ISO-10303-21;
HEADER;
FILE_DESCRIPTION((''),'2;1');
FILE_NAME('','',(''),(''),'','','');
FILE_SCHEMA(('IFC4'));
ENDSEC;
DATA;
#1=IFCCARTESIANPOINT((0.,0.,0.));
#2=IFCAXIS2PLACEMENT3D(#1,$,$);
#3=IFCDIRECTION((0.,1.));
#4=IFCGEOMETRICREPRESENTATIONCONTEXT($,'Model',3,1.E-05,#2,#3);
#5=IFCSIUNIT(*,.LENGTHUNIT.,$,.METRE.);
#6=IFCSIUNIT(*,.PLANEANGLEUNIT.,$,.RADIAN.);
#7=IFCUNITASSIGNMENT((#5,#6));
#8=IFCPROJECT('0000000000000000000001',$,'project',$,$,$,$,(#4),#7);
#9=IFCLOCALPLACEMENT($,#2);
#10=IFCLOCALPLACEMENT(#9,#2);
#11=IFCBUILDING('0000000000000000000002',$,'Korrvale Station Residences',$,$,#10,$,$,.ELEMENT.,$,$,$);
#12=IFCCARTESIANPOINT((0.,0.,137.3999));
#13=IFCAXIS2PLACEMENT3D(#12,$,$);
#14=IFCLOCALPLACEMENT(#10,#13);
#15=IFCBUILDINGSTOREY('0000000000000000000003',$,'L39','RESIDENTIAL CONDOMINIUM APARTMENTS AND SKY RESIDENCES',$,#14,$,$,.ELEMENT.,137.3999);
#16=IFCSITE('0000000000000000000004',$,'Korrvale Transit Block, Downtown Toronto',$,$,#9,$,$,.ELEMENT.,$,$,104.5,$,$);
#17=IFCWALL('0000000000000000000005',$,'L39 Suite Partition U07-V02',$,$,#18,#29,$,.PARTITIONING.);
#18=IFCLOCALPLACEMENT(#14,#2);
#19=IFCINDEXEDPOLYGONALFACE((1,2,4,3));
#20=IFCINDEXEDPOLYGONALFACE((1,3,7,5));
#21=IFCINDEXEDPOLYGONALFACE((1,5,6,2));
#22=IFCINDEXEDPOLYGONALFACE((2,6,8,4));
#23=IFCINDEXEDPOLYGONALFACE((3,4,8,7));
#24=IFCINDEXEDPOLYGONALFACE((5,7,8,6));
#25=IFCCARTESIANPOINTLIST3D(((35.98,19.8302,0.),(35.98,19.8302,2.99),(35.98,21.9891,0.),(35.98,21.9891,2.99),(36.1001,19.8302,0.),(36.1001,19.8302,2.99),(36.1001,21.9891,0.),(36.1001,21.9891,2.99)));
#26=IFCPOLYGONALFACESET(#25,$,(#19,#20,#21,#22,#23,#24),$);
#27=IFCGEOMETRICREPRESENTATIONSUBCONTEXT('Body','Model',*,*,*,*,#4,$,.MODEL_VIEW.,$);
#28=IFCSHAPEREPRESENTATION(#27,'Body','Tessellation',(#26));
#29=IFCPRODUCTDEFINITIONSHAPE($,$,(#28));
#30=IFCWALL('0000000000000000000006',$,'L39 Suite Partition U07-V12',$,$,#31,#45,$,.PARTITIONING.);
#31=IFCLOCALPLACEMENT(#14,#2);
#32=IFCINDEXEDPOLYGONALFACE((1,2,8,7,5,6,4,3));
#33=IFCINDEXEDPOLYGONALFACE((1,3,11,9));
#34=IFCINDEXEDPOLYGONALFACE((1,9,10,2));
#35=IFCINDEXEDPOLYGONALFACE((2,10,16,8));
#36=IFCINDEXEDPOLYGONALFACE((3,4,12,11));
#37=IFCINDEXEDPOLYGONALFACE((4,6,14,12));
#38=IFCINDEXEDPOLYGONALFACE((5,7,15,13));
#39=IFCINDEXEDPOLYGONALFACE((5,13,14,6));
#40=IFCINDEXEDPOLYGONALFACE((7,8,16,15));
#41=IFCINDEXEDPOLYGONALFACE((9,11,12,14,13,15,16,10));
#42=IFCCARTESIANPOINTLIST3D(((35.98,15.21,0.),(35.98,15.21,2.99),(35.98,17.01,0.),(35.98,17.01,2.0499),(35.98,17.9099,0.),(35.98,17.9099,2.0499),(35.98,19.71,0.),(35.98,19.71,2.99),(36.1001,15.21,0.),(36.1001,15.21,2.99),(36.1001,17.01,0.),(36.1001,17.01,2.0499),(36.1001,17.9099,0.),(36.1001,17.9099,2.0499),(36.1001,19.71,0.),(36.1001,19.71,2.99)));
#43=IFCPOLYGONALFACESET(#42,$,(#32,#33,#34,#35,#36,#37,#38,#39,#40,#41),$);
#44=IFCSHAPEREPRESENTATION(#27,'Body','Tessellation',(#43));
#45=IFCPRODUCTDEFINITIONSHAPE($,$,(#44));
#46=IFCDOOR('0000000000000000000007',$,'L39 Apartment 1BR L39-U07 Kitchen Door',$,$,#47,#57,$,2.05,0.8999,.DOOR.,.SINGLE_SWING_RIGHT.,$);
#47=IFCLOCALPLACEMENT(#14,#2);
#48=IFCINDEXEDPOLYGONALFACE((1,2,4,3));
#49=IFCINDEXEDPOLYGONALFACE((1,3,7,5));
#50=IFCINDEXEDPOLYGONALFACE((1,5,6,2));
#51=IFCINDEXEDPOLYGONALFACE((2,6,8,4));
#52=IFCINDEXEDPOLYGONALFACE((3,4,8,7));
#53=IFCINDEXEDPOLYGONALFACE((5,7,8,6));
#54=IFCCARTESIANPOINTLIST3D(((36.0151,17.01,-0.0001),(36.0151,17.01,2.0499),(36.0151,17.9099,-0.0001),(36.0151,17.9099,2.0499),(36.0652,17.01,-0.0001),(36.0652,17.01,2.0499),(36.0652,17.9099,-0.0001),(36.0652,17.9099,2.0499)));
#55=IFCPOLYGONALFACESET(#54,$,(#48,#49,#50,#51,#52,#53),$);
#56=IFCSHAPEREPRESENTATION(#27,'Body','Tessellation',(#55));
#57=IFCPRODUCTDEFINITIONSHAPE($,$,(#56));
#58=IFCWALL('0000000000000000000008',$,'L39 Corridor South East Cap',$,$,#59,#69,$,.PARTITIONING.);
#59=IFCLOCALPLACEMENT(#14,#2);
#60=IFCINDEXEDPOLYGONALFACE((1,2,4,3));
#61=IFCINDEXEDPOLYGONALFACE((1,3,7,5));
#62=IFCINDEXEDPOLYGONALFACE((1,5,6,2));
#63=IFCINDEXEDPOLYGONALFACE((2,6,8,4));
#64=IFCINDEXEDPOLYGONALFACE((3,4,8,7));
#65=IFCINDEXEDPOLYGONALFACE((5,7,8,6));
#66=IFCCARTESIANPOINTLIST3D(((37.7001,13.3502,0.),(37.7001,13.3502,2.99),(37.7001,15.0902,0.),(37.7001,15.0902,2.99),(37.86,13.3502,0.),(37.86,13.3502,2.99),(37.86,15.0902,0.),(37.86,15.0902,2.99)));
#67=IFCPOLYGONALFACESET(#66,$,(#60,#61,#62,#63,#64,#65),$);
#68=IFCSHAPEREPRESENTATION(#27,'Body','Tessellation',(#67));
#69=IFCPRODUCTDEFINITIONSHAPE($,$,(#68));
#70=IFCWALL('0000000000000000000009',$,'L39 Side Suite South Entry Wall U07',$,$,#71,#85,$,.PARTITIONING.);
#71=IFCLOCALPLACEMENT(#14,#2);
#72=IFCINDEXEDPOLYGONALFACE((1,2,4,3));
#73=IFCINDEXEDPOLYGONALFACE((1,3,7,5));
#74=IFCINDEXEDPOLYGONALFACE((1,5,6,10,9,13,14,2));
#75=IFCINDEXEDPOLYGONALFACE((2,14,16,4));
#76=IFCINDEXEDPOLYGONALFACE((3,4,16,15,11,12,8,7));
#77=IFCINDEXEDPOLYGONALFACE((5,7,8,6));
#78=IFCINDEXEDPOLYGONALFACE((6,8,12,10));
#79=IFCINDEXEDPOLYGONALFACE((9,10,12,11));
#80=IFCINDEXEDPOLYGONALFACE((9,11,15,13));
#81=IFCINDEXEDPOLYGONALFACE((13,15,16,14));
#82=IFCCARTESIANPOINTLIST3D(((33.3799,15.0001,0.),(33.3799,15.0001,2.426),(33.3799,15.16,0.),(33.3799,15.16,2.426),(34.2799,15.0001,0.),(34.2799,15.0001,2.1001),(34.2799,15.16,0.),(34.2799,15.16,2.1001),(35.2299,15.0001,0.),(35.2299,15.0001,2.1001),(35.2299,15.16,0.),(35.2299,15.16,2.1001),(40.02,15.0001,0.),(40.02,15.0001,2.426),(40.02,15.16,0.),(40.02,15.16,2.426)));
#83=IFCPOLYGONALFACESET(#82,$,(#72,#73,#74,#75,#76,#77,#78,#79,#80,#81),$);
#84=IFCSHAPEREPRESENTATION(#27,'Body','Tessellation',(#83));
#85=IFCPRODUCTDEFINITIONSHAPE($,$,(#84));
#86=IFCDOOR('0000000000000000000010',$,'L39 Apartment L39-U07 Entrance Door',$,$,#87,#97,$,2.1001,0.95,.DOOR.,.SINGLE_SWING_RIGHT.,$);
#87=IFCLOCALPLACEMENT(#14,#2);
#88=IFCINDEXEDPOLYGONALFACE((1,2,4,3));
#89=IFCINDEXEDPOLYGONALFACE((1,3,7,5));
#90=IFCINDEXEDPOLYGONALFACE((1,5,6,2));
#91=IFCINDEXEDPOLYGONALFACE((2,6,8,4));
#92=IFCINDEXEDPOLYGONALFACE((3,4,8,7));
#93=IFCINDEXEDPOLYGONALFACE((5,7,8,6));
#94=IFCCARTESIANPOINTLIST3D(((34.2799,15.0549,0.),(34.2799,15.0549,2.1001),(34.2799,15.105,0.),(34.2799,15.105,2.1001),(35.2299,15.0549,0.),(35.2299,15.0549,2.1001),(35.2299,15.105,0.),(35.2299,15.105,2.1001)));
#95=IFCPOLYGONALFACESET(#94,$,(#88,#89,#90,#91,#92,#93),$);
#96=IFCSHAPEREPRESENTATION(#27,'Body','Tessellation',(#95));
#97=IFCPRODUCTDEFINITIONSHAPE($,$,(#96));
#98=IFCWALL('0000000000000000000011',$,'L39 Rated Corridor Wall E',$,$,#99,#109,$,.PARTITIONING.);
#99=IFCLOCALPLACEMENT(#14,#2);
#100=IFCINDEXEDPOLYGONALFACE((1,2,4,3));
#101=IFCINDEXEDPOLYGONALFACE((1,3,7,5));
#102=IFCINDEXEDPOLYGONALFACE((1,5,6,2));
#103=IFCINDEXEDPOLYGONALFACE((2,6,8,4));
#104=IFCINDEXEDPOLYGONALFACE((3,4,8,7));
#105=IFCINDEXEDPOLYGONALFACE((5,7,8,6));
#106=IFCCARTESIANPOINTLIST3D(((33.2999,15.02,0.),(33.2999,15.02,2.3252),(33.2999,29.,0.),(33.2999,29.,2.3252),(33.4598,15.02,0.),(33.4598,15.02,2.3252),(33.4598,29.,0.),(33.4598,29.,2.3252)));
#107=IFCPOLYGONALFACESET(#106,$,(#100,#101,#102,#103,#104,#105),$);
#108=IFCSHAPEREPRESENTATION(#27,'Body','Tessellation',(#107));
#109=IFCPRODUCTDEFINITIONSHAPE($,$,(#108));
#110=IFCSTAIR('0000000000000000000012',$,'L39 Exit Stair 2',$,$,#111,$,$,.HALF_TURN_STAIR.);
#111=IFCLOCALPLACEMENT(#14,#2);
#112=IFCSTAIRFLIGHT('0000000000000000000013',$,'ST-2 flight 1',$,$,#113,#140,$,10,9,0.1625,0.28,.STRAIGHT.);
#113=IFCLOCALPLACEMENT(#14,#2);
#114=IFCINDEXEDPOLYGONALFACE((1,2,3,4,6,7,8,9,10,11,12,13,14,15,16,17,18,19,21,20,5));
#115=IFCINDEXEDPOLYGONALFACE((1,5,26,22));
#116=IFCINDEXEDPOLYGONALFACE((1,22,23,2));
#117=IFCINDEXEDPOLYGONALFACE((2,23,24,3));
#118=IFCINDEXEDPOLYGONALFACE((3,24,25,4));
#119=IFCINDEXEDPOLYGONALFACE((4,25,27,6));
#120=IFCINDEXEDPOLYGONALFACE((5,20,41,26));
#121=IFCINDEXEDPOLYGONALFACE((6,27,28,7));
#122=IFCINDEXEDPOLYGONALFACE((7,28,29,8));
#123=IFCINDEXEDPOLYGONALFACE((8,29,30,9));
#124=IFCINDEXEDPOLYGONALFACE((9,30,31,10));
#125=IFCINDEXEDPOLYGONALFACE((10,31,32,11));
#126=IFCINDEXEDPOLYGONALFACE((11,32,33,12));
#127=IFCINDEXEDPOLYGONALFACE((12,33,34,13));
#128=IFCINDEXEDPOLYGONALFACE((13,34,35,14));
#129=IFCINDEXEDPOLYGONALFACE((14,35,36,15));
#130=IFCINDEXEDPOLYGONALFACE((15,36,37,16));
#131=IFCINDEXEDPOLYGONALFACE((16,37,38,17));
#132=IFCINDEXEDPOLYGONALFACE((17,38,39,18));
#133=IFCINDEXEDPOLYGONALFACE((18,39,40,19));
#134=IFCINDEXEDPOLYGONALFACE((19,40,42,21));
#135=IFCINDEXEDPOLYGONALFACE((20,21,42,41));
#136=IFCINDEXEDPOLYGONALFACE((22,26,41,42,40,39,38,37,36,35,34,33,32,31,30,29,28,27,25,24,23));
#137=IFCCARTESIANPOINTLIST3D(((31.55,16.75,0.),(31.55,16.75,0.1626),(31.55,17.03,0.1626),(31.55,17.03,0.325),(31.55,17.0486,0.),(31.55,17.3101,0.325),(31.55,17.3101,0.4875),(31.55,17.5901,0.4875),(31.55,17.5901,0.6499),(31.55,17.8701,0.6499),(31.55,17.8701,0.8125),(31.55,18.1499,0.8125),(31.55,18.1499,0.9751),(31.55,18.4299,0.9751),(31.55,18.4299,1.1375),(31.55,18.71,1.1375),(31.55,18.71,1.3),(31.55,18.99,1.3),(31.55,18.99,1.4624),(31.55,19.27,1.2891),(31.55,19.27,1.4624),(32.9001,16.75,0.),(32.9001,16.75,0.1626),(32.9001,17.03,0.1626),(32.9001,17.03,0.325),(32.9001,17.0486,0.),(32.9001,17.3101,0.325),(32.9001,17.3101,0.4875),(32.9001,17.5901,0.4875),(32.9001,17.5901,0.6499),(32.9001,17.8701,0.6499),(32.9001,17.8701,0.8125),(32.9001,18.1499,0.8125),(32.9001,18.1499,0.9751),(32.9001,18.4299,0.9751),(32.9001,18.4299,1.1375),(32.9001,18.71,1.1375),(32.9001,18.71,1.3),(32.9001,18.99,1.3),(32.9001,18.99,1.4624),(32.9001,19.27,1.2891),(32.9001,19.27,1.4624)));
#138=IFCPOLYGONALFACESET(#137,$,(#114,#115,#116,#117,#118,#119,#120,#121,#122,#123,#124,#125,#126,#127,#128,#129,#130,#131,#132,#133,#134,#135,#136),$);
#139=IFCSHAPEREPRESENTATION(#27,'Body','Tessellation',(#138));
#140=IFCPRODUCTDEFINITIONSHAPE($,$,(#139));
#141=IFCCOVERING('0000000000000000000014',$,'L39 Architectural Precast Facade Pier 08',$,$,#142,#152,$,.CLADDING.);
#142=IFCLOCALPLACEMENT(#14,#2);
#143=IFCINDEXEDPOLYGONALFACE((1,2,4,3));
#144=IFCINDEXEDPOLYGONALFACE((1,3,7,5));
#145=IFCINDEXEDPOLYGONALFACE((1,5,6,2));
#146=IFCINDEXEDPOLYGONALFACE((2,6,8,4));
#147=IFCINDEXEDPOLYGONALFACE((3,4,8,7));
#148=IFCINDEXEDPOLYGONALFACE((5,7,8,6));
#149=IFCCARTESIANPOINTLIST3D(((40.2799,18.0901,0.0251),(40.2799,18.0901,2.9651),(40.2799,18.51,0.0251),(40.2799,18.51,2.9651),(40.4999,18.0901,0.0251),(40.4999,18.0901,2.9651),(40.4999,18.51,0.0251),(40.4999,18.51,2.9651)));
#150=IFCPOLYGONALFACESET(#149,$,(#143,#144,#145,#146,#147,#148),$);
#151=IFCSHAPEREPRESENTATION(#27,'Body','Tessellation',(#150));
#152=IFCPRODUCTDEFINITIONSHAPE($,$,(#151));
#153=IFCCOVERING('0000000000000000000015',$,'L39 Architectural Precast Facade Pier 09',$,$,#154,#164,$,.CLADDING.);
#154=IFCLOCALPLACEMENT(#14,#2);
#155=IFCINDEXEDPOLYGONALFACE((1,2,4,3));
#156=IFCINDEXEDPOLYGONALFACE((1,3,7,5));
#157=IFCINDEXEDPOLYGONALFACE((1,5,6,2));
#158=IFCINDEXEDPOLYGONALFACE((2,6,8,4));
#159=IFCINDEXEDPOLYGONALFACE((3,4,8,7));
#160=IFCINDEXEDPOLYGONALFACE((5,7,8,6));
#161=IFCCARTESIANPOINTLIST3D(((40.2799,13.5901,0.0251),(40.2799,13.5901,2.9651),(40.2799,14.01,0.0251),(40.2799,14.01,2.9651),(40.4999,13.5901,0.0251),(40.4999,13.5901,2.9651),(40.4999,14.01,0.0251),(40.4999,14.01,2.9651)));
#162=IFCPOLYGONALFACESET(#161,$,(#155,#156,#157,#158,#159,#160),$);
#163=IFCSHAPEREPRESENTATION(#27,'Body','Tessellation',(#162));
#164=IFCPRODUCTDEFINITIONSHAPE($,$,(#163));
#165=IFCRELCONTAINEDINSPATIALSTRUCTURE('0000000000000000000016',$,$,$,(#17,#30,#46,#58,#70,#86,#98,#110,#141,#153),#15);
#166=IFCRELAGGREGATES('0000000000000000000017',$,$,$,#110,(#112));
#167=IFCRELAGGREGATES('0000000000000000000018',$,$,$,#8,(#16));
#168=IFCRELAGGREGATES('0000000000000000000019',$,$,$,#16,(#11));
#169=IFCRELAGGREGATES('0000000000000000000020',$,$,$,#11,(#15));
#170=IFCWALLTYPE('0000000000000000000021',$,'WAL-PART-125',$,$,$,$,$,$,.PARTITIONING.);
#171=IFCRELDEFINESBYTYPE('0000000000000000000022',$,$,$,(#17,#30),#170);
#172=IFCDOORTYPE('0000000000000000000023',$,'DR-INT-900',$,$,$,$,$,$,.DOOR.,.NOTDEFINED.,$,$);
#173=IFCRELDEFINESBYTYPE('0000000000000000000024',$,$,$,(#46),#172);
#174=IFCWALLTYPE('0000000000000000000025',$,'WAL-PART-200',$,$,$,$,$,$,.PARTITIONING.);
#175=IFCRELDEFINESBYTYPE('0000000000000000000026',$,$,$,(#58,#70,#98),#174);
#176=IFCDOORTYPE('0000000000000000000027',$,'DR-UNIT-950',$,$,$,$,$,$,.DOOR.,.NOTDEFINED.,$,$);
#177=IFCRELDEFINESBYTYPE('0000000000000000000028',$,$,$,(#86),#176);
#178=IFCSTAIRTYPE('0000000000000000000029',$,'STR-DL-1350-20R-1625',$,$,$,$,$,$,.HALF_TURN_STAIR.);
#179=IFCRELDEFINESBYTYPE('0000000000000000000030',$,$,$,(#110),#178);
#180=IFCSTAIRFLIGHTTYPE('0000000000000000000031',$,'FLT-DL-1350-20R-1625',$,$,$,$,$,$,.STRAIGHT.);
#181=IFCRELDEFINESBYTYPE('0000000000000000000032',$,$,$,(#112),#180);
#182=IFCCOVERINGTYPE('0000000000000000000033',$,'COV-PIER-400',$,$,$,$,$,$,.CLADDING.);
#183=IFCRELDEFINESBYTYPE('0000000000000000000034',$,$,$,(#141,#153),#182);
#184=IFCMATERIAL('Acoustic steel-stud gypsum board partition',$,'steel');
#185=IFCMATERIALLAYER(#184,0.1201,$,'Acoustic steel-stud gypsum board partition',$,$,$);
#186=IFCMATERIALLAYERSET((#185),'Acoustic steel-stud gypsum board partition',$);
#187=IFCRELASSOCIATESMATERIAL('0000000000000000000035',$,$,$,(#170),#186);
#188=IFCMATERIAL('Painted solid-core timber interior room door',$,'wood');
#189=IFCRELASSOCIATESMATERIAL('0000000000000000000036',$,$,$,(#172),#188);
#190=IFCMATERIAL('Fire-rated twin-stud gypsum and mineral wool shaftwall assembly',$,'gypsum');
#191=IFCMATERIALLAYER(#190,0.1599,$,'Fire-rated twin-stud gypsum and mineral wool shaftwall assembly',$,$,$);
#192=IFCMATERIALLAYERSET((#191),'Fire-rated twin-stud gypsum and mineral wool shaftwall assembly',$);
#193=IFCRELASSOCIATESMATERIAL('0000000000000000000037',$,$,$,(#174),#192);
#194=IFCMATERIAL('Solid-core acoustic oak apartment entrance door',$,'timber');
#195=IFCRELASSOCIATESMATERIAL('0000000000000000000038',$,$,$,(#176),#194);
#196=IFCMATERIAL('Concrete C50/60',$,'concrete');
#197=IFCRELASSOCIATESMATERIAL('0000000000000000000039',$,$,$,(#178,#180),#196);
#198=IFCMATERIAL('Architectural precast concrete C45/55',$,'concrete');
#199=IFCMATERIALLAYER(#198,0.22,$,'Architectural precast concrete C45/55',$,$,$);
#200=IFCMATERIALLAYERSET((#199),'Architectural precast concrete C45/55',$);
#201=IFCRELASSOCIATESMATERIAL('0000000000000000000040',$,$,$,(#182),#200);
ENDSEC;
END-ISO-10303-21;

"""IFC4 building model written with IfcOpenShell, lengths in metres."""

from ifc_helpers import new_model, si_unit, direction, frame, frame_2d, origin, origin_2d, place, context, subcontext, project, spatial, polyline, rectangle, outline, extrude, material, layer, layer_set, type_object, element, fill, aggregate, save


model = new_model("IFC4")

# Units and contexts
model_context = context("Model", 3, precision=1e-05, world=origin(), true_north=direction((0.0, 1.0)))
body_context = subcontext(model_context, "Body", "Model", "MODEL_VIEW")
ifc_project = project(units=[si_unit("LENGTHUNIT", "METRE"), si_unit("PLANEANGLEUNIT", "RADIAN")], contexts=[model_context])

# Site, building, storey
site_placement = place(None, origin())
site = spatial("IfcSite", under=ifc_project, at=site_placement, Name="Korrvale Transit Block, Downtown Toronto", CompositionType="ELEMENT", RefElevation=104.5)
building_placement = place(site_placement, origin())
building = spatial("IfcBuilding", under=site, at=building_placement, Name="Korrvale Station Residences", CompositionType="ELEMENT")
storey_placement = place(building_placement, frame((0.0, 0.0, 137.3999)))
storey = spatial("IfcBuildingStorey", under=building, at=storey_placement, Name="L39", Description="RESIDENTIAL CONDOMINIUM APARTMENTS AND SKY RESIDENCES", CompositionType="ELEMENT", Elevation=137.3999)

# Shared definitions
ifc_material_1 = material(Name="Acoustic steel-stud gypsum board partition", Category="steel")
ifc_layer_1 = layer(ifc_material_1, 0.1201, Name="Acoustic steel-stud gypsum board partition")
ifc_layer_set_1 = layer_set([ifc_layer_1], Name="Acoustic steel-stud gypsum board partition")
wall_type_1 = type_object("IfcWallType", Name="WAL-PART-125", PredefinedType="PARTITIONING", material=ifc_layer_set_1)

# Wall
wall_1_placement = place(storey_placement, frame((36.04, 19.8301, 0.0), z_axis=(0.0, 0.0, 1.0), x_axis=(0.0, 1.0, 0.0)))
element("IfcWall", 1, at=wall_1_placement, inside=storey, type_object=wall_type_1, Name="L39 Suite Partition U07-V02", PredefinedType="PARTITIONING", context=body_context, shape_type="SweptSolid", body=[
    extrude(rectangle(XDim=2.1589, YDim=0.1201, at=frame_2d((1.0796, 0.0))), origin(), (0.0, 0.0, 1.0), 2.99),
])

# Wall, opening, door
wall_2_placement = place(storey_placement, frame((36.04, 15.21, 0.0), z_axis=(0.0, 0.0, 1.0), x_axis=(0.0, 1.0, 0.0)))
wall_2 = element("IfcWall", 2, at=wall_2_placement, inside=storey, type_object=wall_type_1, Name="L39 Suite Partition U07-V12", PredefinedType="PARTITIONING", context=body_context, shape_type="SweptSolid", body=[
    extrude(rectangle(XDim=4.5, YDim=0.1201, at=frame_2d((2.25, 0.0))), origin(), (0.0, 0.0, 1.0), 2.99),
])
opening_1_placement = place(wall_2_placement, frame((1.8, 0.0, 0.0)))
opening_1 = element("IfcOpeningElement", 3, at=opening_1_placement, cuts=wall_2, PredefinedType="OPENING", context=body_context, shape_type="SweptSolid", body=[
    extrude(rectangle(XDim=0.8999, YDim=2.05, at=frame_2d((0.45, 1.0249))), frame((0.0, 0.0701, 0.0), z_axis=(0.0, -1.0, 0.0), x_axis=(1.0, 0.0, 0.0)), (0.0, 0.0, 1.0), 0.1401),
])
ifc_material_2 = material(Name="Painted solid-core timber interior room door", Category="wood")
door_type_1 = type_object("IfcDoorType", Name="DR-INT-900", OperationType="NOTDEFINED", PredefinedType="DOOR", material=ifc_material_2)
door_1_placement = place(opening_1_placement, origin())
door_1 = element("IfcDoor", 4, at=door_1_placement, inside=storey, type_object=door_type_1, Name="L39 Apartment 1BR L39-U07 Kitchen Door", OperationType="SINGLE_SWING_RIGHT", OverallHeight=2.05, OverallWidth=0.8999, PredefinedType="DOOR", context=body_context, shape_type="SweptSolid", body=[
    extrude(rectangle(XDim=0.8999, YDim=2.05, at=frame_2d((0.45, 1.0249))), frame((0.0, 0.0249, 0.0), z_axis=(0.0, -1.0, 0.0), x_axis=(1.0, 0.0, 0.0)), (0.0, 0.0, 1.0), 0.05),
])
fill(opening_1, door_1)

# Wall
ifc_material_3 = material(Name="Fire-rated twin-stud gypsum and mineral wool shaftwall assembly", Category="gypsum")
ifc_layer_2 = layer(ifc_material_3, 0.1599, Name="Fire-rated twin-stud gypsum and mineral wool shaftwall assembly")
ifc_layer_set_2 = layer_set([ifc_layer_2], Name="Fire-rated twin-stud gypsum and mineral wool shaftwall assembly")
wall_type_2 = type_object("IfcWallType", Name="WAL-PART-200", PredefinedType="PARTITIONING", material=ifc_layer_set_2)
wall_3_placement = place(storey_placement, frame((37.78, 13.3501, 0.0), z_axis=(0.0, 0.0, 1.0), x_axis=(0.0, 1.0, 0.0)))
element("IfcWall", 5, at=wall_3_placement, inside=storey, type_object=wall_type_2, Name="L39 Corridor South East Cap", PredefinedType="PARTITIONING", context=body_context, shape_type="SweptSolid", body=[
    extrude(rectangle(XDim=1.74, YDim=0.1599, at=frame_2d((0.8701, 0.0))), origin(), (0.0, 0.0, 1.0), 2.99),
])

# Wall, opening, door
wall_4_placement = place(storey_placement, frame((33.3799, 15.0801, 0.0), z_axis=(0.0, 0.0, 1.0), x_axis=(1.0, 0.0, 0.0)))
wall_4 = element("IfcWall", 6, at=wall_4_placement, inside=storey, type_object=wall_type_2, Name="L39 Side Suite South Entry Wall U07", PredefinedType="PARTITIONING", context=body_context, shape_type="SweptSolid", body=[
    extrude(rectangle(XDim=6.6401, YDim=0.1599, at=frame_2d((3.3201, 0.0))), origin(), (0.0, 0.0, 1.0), 2.426),
])
opening_2_placement = place(wall_4_placement, frame((0.8999, 0.0, 0.0)))
opening_2 = element("IfcOpeningElement", 7, at=opening_2_placement, cuts=wall_4, PredefinedType="OPENING", context=body_context, shape_type="SweptSolid", body=[
    extrude(rectangle(XDim=0.95, YDim=2.1001, at=frame_2d((0.4751, 1.05))), frame((0.0, 0.0898, 0.0), z_axis=(0.0, -1.0, 0.0), x_axis=(1.0, 0.0, 0.0)), (0.0, 0.0, 1.0), 0.1799),
])
ifc_material_4 = material(Name="Solid-core acoustic oak apartment entrance door", Category="timber")
door_type_2 = type_object("IfcDoorType", Name="DR-UNIT-950", OperationType="NOTDEFINED", PredefinedType="DOOR", material=ifc_material_4)
door_2_placement = place(opening_2_placement, origin())
door_2 = element("IfcDoor", 8, at=door_2_placement, inside=storey, type_object=door_type_2, Name="L39 Apartment L39-U07 Entrance Door", OperationType="SINGLE_SWING_RIGHT", OverallHeight=2.1001, OverallWidth=0.95, PredefinedType="DOOR", context=body_context, shape_type="SweptSolid", body=[
    extrude(rectangle(XDim=0.95, YDim=2.1001, at=frame_2d((0.4751, 1.05))), frame((0.0, 0.0249, 0.0), z_axis=(0.0, -1.0, 0.0), x_axis=(1.0, 0.0, 0.0)), (0.0, 0.0, 1.0), 0.05),
])
fill(opening_2, door_2)

# Wall
wall_5_placement = place(storey_placement, frame((33.3799, 15.02, 0.0), z_axis=(0.0, 0.0, 1.0), x_axis=(0.0, 1.0, 0.0)))
element("IfcWall", 9, at=wall_5_placement, inside=storey, type_object=wall_type_2, Name="L39 Rated Corridor Wall E", PredefinedType="PARTITIONING", context=body_context, shape_type="SweptSolid", body=[
    extrude(rectangle(XDim=13.98, YDim=0.1599, at=frame_2d((6.99, 0.0))), origin(), (0.0, 0.0, 1.0), 2.3252),
])

# Stair, stair flight
ifc_material_5 = material(Name="Concrete C50/60", Category="concrete")
stair_type = type_object("IfcStairType", Name="STR-DL-1350-20R-1625", PredefinedType="HALF_TURN_STAIR", material=ifc_material_5)
stair_placement = place(storey_placement, origin())
stair = element("IfcStair", 10, at=stair_placement, inside=storey, type_object=stair_type, Name="L39 Exit Stair 2", PredefinedType="HALF_TURN_STAIR")
stair_flight_type = type_object("IfcStairFlightType", Name="FLT-DL-1350-20R-1625", PredefinedType="STRAIGHT", material=ifc_material_5)
stair_flight_placement = place(storey_placement, frame((32.2251, 16.75, 0.0), z_axis=(0.0, 0.0, 1.0), x_axis=(0.0, 1.0, 0.0)))
stair_flight = element("IfcStairFlight", 11, at=stair_flight_placement, type_object=stair_flight_type, Name="ST-2 flight 1", NumberOfRisers=10, NumberOfTreads=9, PredefinedType="STRAIGHT", RiserHeight=0.1625, TreadLength=0.28, context=body_context, shape_type="SweptSolid", body=[
    extrude(outline(polyline([(0.0, 0.0), (0.0, 0.1626), (0.28, 0.1626), (0.28, 0.325), (0.5601, 0.325), (0.5601, 0.4875), (0.8401, 0.4875), (0.8401, 0.6499), (1.1201, 0.6499), (1.1201, 0.8125), (1.3999, 0.8125), (1.3999, 0.9751), (1.6799, 0.9751), (1.6799, 1.1375), (1.96, 1.1375), (1.96, 1.3), (2.24, 1.3), (2.24, 1.4624), (2.52, 1.4624), (2.52, 1.625), (2.52, 1.2891), (0.2986, 0.0), (0.0, 0.0)])), frame((0.0, 0.675, 0.0), z_axis=(0.0, -1.0, 0.0), x_axis=(1.0, 0.0, 0.0)), (0.0, 0.0, 1.0), 1.3501),
])
aggregate(stair, [stair_flight])

# Coverings
ifc_material_6 = material(Name="Architectural precast concrete C45/55", Category="concrete")
ifc_layer_3 = layer(ifc_material_6, 0.22, Name="Architectural precast concrete C45/55")
ifc_layer_set_3 = layer_set([ifc_layer_3], Name="Architectural precast concrete C45/55")
covering_type = type_object("IfcCoveringType", Name="COV-PIER-400", PredefinedType="CLADDING", material=ifc_layer_set_3)
for number, where, z_axis, x_axis, name in (
    (12, (40.3899, 18.3, 0.0251), (0.0, 0.0, 1.0), (0.0, 1.0, 0.0), "L39 Architectural Precast Facade Pier 08"),
    (13, (40.3899, 13.8, 0.0251), (0.0, 0.0, 1.0), (0.0, 1.0, 0.0), "L39 Architectural Precast Facade Pier 09"),
):
    element("IfcCovering", number, at=place(storey_placement, frame(where, z_axis=z_axis, x_axis=x_axis)), inside=storey, type_object=covering_type, Name=name, PredefinedType="CLADDING", context=body_context, shape_type="SweptSolid", body=[
        extrude(rectangle(XDim=0.4199, YDim=0.22, at=origin_2d()), origin(), (0.0, 0.0, 1.0), 2.9399),
    ])

save(model, "model.ifc")
